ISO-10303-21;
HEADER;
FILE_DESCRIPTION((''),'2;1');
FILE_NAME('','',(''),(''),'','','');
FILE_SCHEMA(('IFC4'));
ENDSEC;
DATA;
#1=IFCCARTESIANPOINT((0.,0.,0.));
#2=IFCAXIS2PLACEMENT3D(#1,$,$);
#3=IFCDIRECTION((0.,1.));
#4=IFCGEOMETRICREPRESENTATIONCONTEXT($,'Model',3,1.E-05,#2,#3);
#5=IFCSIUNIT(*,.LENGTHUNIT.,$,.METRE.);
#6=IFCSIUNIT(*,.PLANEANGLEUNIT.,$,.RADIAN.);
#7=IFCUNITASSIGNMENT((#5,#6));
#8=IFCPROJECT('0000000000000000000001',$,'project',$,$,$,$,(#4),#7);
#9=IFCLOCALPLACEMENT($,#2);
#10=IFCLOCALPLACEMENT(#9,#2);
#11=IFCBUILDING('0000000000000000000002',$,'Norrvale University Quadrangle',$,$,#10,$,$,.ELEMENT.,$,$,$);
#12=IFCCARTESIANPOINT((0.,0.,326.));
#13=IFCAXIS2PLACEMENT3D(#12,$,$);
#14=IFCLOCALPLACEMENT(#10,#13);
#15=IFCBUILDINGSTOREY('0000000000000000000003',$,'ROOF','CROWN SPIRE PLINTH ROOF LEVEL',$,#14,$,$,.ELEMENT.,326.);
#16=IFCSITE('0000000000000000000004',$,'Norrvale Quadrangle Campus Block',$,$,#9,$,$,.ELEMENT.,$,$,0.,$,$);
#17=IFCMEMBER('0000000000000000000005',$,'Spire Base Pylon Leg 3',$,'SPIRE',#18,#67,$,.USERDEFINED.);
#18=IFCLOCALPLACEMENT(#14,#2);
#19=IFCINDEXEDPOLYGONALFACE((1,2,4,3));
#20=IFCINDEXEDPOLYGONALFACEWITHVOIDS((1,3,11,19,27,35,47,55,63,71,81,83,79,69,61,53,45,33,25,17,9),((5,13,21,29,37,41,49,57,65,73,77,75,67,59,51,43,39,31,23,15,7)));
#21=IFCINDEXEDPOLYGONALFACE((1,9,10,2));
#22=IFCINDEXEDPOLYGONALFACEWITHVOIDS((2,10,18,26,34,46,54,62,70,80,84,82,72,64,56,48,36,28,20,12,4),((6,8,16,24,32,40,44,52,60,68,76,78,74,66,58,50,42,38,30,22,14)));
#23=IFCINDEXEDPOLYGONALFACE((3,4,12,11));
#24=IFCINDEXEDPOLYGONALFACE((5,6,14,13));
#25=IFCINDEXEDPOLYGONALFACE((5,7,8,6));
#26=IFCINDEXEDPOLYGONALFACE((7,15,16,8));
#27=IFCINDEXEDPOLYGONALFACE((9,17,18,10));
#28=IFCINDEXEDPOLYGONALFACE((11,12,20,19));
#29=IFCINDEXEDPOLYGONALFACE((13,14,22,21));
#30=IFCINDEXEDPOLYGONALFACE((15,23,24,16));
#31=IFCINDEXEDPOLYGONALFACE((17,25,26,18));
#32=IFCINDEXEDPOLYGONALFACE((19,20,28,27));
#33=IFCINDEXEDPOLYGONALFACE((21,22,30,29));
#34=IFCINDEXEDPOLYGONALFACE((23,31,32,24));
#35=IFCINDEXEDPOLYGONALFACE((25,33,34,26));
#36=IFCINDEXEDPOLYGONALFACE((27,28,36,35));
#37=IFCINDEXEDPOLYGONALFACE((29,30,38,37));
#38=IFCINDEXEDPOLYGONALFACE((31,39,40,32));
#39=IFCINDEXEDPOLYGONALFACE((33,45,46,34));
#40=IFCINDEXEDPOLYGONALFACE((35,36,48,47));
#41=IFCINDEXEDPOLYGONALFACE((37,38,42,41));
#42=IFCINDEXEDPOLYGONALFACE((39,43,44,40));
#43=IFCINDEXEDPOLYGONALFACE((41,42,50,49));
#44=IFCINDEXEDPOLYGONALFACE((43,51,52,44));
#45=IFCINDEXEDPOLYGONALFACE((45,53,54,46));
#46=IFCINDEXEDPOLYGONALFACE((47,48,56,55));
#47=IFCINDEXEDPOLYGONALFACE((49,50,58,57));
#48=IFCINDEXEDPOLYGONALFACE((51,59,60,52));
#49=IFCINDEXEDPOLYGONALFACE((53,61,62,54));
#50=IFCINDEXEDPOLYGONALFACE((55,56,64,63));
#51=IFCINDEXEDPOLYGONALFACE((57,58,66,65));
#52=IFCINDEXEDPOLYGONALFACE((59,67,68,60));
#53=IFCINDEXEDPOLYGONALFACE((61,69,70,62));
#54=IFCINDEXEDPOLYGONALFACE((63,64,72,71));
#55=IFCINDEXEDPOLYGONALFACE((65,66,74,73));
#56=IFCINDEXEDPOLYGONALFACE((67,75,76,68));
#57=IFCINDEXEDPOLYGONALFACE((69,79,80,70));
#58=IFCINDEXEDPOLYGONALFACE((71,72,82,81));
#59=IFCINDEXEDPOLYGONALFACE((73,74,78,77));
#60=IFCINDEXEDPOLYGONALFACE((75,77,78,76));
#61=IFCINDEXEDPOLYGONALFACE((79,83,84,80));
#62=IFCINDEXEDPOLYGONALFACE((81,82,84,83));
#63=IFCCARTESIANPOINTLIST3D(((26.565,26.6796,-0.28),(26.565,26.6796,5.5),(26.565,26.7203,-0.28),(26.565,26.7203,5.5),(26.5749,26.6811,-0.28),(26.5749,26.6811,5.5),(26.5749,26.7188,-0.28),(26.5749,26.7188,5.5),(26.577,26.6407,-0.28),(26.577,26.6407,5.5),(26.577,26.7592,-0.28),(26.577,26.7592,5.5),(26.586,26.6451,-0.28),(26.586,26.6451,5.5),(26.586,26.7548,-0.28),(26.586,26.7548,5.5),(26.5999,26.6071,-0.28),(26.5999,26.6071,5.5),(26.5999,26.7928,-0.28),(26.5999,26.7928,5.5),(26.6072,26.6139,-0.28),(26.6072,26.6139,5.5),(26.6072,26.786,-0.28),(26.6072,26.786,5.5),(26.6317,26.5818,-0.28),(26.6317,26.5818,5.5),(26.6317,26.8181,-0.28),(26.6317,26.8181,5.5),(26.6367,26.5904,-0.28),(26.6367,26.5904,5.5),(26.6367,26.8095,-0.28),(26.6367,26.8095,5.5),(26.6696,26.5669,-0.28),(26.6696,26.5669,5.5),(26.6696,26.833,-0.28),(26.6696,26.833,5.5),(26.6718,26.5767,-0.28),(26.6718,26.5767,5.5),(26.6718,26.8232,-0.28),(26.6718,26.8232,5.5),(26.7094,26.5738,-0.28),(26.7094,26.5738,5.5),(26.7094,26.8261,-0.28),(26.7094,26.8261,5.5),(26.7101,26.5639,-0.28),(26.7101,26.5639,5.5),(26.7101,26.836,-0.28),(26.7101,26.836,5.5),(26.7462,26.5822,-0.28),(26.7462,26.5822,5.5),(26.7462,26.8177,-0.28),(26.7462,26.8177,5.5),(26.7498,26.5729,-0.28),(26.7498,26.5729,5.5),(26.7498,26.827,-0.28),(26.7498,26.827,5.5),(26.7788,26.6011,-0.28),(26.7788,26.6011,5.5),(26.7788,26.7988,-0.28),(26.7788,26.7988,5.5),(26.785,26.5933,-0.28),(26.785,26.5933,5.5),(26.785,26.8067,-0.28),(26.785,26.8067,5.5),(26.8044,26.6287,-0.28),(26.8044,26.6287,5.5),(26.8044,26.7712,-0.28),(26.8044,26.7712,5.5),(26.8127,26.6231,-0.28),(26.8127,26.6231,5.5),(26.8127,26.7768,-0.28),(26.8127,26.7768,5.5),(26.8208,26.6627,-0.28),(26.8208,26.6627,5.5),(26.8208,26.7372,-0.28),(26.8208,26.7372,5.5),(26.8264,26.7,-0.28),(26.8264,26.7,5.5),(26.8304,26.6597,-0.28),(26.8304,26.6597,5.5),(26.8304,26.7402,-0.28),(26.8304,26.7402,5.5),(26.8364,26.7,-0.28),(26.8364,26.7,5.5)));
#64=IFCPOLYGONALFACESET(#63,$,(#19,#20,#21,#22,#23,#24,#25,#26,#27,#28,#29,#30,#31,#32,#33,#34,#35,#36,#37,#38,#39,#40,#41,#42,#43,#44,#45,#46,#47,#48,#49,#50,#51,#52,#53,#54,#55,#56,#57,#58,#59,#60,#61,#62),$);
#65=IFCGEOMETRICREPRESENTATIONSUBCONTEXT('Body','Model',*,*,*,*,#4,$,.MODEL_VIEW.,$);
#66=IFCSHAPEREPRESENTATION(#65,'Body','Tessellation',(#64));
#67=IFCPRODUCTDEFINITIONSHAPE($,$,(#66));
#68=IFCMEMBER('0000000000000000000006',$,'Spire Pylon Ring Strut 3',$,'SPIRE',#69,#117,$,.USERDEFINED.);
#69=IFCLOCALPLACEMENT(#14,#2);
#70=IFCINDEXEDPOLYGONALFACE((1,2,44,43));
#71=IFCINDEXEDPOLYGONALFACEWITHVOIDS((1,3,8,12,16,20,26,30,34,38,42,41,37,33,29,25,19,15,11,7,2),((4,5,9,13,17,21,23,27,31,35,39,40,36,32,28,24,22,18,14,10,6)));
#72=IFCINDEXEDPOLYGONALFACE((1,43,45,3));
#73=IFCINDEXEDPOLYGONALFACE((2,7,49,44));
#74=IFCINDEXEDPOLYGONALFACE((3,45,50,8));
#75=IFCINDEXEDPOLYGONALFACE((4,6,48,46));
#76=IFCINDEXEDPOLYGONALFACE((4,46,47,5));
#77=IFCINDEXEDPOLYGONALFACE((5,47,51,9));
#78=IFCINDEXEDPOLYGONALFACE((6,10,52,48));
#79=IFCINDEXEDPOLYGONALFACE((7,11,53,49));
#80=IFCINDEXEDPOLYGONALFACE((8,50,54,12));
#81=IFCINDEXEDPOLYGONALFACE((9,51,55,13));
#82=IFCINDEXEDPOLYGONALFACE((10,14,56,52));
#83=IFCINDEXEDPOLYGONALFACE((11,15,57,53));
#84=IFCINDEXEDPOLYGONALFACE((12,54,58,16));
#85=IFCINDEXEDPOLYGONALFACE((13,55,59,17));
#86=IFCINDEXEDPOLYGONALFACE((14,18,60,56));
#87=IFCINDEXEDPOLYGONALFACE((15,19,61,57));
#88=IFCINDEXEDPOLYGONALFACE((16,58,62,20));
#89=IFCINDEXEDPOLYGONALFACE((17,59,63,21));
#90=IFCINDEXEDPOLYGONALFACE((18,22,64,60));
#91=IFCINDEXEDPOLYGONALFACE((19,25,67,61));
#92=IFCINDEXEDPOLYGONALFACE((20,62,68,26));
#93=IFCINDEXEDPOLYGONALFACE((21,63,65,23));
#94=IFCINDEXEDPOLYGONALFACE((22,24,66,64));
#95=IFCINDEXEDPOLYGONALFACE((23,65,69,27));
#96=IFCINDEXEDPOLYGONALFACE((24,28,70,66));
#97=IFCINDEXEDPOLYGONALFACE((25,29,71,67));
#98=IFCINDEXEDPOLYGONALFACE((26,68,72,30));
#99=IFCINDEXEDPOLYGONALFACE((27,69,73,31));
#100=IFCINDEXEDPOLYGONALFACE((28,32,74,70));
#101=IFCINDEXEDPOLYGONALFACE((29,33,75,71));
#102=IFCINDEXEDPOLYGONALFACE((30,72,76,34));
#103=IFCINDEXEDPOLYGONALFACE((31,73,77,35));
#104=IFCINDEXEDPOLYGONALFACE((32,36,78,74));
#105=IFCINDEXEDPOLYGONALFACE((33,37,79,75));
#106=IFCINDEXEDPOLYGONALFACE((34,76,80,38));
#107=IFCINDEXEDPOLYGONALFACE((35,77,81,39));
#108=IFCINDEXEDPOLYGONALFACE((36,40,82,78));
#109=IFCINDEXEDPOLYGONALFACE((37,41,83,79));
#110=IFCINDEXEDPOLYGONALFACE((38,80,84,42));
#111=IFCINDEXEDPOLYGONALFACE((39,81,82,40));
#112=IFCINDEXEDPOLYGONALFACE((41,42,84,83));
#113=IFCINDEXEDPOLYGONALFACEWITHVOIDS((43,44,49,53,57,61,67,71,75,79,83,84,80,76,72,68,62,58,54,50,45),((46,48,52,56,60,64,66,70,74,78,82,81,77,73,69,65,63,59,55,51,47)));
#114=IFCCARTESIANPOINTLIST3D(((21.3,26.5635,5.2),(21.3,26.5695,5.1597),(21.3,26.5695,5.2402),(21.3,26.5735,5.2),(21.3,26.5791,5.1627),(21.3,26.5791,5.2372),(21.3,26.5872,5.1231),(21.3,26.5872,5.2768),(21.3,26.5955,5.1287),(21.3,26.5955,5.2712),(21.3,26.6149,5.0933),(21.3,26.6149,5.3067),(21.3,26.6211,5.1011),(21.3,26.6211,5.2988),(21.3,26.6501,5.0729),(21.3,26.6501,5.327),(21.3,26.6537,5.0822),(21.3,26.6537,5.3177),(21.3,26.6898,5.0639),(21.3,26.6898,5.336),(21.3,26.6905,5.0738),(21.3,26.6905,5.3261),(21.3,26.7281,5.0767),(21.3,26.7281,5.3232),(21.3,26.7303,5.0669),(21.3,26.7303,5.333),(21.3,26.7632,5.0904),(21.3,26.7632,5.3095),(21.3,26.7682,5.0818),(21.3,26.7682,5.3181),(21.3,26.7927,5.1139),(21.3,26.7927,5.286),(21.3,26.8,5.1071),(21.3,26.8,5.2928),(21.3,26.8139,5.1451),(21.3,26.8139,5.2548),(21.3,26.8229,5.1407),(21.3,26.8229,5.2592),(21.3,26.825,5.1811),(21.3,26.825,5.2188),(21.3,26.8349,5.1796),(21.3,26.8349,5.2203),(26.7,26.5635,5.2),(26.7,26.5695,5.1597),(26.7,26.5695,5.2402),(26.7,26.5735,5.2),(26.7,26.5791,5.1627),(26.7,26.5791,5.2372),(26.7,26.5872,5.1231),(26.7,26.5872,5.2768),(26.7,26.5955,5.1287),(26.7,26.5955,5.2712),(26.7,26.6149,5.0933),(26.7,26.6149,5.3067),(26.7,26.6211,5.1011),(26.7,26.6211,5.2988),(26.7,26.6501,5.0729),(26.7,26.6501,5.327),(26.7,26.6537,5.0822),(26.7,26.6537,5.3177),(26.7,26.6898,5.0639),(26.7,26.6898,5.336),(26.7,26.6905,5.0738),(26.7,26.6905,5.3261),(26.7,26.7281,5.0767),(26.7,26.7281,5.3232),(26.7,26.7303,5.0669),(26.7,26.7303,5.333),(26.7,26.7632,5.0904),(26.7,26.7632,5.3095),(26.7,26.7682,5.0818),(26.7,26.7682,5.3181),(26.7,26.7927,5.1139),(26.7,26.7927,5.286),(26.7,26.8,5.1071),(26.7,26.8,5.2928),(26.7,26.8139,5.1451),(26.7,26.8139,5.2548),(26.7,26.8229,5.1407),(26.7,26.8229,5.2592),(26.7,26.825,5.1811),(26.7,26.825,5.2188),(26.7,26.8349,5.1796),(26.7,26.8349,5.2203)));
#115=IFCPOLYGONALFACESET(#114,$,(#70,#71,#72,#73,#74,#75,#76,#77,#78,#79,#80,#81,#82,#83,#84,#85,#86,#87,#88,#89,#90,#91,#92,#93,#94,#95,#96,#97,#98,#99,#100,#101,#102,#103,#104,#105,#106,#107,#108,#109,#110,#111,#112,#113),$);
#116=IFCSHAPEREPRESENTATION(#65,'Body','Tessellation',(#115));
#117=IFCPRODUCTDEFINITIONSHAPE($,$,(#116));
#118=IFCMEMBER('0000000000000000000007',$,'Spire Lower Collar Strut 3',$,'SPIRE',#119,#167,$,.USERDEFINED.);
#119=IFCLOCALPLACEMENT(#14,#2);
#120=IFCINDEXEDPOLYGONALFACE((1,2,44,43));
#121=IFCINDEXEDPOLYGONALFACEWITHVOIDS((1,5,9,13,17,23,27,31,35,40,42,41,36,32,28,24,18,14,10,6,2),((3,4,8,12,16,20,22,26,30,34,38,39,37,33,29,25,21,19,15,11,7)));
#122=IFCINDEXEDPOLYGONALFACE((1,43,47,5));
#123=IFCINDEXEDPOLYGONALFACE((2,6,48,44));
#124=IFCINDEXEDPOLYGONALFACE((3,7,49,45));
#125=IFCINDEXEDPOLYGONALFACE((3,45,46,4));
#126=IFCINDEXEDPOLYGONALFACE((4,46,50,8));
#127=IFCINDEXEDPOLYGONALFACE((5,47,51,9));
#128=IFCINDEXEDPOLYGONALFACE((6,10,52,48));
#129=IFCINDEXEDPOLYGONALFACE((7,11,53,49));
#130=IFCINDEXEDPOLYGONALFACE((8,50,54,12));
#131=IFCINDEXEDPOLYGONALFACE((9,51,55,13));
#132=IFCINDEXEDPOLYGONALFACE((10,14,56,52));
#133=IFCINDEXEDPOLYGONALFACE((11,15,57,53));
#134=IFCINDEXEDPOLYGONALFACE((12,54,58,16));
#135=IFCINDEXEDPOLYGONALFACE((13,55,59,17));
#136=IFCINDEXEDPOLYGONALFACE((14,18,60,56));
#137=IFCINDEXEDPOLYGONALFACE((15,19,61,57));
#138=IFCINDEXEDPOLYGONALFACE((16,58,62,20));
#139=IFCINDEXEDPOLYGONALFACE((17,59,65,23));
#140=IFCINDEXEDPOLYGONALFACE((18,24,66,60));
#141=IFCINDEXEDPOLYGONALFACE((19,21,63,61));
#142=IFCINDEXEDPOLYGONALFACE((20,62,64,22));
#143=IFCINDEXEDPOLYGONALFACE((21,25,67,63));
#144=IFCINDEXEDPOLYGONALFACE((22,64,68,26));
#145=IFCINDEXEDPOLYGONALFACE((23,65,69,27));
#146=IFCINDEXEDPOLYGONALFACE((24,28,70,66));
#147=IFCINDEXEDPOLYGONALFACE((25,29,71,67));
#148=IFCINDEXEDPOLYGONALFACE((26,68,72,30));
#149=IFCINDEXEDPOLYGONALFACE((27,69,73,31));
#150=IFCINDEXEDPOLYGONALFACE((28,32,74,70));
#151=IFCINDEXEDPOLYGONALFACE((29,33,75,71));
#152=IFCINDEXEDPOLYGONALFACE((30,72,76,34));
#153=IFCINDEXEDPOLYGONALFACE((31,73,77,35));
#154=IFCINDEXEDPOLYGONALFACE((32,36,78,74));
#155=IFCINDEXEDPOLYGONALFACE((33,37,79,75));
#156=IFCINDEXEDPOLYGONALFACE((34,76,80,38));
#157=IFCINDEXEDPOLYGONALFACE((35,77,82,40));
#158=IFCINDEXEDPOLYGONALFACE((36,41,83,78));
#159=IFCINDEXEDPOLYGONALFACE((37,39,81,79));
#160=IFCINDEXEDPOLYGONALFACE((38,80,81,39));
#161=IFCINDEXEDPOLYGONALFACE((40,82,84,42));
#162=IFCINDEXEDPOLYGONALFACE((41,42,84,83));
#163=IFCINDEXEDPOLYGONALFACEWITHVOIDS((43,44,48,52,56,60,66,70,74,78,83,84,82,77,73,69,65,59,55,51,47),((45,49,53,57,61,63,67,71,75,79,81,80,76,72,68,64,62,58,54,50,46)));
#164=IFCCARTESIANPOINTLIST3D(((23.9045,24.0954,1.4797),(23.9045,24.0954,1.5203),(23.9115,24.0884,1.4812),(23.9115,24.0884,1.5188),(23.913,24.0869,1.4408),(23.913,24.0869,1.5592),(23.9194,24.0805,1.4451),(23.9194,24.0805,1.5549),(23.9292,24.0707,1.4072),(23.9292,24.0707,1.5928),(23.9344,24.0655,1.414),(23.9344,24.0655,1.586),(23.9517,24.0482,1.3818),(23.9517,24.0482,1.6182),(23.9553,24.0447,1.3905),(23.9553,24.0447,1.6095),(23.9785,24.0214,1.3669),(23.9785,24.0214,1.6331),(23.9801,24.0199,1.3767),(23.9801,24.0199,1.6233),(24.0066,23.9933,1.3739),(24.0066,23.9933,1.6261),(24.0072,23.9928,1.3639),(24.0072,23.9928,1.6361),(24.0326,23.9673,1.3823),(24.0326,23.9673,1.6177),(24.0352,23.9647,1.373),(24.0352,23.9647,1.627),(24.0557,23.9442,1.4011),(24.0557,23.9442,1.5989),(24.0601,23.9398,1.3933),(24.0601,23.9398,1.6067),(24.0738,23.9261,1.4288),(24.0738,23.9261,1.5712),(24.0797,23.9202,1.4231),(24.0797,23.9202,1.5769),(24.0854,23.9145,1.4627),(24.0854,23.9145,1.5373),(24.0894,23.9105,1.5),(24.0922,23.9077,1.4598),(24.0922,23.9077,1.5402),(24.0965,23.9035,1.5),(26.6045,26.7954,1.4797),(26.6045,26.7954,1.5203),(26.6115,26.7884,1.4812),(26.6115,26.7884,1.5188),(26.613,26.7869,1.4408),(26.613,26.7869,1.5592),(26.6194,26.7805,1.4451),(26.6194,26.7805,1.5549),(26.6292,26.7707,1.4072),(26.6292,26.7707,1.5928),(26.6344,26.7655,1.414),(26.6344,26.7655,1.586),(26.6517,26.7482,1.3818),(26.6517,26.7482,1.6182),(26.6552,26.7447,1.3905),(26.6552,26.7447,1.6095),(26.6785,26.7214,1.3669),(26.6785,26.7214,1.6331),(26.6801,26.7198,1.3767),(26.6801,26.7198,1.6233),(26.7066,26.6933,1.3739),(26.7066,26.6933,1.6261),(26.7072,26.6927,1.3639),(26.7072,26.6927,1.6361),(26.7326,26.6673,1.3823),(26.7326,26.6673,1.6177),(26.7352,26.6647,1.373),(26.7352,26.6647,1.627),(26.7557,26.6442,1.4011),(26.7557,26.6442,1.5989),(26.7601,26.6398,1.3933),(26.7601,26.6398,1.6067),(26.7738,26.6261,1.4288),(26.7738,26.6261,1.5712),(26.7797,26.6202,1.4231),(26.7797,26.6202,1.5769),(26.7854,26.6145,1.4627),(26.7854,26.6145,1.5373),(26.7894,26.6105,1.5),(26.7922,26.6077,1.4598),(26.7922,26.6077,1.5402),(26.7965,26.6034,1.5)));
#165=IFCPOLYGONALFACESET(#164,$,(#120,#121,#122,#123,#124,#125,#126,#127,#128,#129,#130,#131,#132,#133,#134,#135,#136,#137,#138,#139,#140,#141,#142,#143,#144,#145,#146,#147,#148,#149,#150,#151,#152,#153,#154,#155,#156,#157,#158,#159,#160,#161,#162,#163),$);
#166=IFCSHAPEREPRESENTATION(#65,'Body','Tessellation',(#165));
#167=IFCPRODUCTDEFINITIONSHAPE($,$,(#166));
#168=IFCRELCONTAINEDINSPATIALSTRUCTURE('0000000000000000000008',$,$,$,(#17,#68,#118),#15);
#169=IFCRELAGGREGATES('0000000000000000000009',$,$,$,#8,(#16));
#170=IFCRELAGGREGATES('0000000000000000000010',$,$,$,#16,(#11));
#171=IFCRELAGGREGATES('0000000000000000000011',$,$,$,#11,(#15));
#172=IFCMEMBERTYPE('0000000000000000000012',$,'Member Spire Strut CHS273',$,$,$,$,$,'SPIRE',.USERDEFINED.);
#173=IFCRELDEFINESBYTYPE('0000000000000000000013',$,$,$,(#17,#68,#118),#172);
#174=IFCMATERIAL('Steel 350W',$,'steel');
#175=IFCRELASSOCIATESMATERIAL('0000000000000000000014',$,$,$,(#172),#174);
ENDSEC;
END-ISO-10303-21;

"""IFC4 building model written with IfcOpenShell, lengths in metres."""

from ifc_helpers import new_model, si_unit, direction, frame, origin, origin_2d, place, context, subcontext, project, spatial, hollow_circle, extrude, material, material_profile, profile_set, type_object, element, save


model = new_model("IFC4")

# Units and contexts
model_context = context("Model", 3, precision=1e-05, world=origin(), true_north=direction((0.0, 1.0)))
body_context = subcontext(model_context, "Body", "Model", "MODEL_VIEW")
ifc_project = project(units=[si_unit("LENGTHUNIT", "METRE"), si_unit("PLANEANGLEUNIT", "RADIAN")], contexts=[model_context])

# Site, building, storey
site_placement = place(None, origin())
site = spatial("IfcSite", under=ifc_project, at=site_placement, Name="Norrvale Quadrangle Campus Block", CompositionType="ELEMENT", RefElevation=0.0)
building_placement = place(site_placement, origin())
building = spatial("IfcBuilding", under=site, at=building_placement, Name="Norrvale University Quadrangle", CompositionType="ELEMENT")
storey_placement = place(building_placement, frame((0.0, 0.0, 326.0)))
storey = spatial("IfcBuildingStorey", under=building, at=storey_placement, Name="ROOF", Description="CROWN SPIRE PLINTH ROOF LEVEL", CompositionType="ELEMENT", Elevation=326.0)

# Shared definitions
ifc_material_1 = material(Name="Steel 350W", Category="steel")

# Members
ifc_material_profile_1 = material_profile(ifc_material_1, hollow_circle(Radius=0.1365, WallThickness=0.01, at=origin_2d()), Name="Steel 350W")
ifc_profile_set_1 = profile_set([ifc_material_profile_1], Name="Steel 350W")
member_type_1 = type_object("IfcMemberType", Name="Member Spire Strut CHS273", ElementType="SPIRE", PredefinedType="USERDEFINED", material=ifc_profile_set_1)
member_1_placement = place(storey_placement, frame((26.7, 26.7, -0.28), z_axis=(0.0, 0.0, 1.0), x_axis=(1.0, 0.0, 0.0)))
element("IfcMember", 1, at=member_1_placement, inside=storey, type_object=member_type_1, Name="Spire Base Pylon Leg 3", ObjectType="SPIRE", PredefinedType="USERDEFINED", context=body_context, shape_type="SweptSolid", body=[
    extrude(hollow_circle(Radius=0.1365, WallThickness=0.01, at=origin_2d()), origin(), (0.0, 0.0, 1.0), 5.78),
])
member_2_placement = place(storey_placement, frame((26.7, 26.7, 5.2), z_axis=(-1.0, 0.0, 0.0), x_axis=(0.0, -1.0, 0.0)))
element("IfcMember", 2, at=member_2_placement, inside=storey, type_object=member_type_1, Name="Spire Pylon Ring Strut 3", ObjectType="SPIRE", PredefinedType="USERDEFINED", context=body_context, shape_type="SweptSolid", body=[
    extrude(hollow_circle(Radius=0.1365, WallThickness=0.01, at=origin_2d()), origin(), (0.0, 0.0, 1.0), 5.3999),
])
for number, where, z_axis, x_axis, name in (
    (3, (26.7, 26.7, 1.5), (-0.707107, -0.707107, 0.0), (0.707107, -0.707107, 0.0), "Spire Lower Collar Strut 3"),
):
    element("IfcMember", number, at=place(storey_placement, frame(where, z_axis=z_axis, x_axis=x_axis)), inside=storey, type_object=member_type_1, Name=name, ObjectType="SPIRE", PredefinedType="USERDEFINED", context=body_context, shape_type="SweptSolid", body=[
        extrude(hollow_circle(Radius=0.1365, WallThickness=0.01, at=origin_2d()), origin(), (0.0, 0.0, 1.0), 3.8184),
    ])

save(model, "model.ifc")
